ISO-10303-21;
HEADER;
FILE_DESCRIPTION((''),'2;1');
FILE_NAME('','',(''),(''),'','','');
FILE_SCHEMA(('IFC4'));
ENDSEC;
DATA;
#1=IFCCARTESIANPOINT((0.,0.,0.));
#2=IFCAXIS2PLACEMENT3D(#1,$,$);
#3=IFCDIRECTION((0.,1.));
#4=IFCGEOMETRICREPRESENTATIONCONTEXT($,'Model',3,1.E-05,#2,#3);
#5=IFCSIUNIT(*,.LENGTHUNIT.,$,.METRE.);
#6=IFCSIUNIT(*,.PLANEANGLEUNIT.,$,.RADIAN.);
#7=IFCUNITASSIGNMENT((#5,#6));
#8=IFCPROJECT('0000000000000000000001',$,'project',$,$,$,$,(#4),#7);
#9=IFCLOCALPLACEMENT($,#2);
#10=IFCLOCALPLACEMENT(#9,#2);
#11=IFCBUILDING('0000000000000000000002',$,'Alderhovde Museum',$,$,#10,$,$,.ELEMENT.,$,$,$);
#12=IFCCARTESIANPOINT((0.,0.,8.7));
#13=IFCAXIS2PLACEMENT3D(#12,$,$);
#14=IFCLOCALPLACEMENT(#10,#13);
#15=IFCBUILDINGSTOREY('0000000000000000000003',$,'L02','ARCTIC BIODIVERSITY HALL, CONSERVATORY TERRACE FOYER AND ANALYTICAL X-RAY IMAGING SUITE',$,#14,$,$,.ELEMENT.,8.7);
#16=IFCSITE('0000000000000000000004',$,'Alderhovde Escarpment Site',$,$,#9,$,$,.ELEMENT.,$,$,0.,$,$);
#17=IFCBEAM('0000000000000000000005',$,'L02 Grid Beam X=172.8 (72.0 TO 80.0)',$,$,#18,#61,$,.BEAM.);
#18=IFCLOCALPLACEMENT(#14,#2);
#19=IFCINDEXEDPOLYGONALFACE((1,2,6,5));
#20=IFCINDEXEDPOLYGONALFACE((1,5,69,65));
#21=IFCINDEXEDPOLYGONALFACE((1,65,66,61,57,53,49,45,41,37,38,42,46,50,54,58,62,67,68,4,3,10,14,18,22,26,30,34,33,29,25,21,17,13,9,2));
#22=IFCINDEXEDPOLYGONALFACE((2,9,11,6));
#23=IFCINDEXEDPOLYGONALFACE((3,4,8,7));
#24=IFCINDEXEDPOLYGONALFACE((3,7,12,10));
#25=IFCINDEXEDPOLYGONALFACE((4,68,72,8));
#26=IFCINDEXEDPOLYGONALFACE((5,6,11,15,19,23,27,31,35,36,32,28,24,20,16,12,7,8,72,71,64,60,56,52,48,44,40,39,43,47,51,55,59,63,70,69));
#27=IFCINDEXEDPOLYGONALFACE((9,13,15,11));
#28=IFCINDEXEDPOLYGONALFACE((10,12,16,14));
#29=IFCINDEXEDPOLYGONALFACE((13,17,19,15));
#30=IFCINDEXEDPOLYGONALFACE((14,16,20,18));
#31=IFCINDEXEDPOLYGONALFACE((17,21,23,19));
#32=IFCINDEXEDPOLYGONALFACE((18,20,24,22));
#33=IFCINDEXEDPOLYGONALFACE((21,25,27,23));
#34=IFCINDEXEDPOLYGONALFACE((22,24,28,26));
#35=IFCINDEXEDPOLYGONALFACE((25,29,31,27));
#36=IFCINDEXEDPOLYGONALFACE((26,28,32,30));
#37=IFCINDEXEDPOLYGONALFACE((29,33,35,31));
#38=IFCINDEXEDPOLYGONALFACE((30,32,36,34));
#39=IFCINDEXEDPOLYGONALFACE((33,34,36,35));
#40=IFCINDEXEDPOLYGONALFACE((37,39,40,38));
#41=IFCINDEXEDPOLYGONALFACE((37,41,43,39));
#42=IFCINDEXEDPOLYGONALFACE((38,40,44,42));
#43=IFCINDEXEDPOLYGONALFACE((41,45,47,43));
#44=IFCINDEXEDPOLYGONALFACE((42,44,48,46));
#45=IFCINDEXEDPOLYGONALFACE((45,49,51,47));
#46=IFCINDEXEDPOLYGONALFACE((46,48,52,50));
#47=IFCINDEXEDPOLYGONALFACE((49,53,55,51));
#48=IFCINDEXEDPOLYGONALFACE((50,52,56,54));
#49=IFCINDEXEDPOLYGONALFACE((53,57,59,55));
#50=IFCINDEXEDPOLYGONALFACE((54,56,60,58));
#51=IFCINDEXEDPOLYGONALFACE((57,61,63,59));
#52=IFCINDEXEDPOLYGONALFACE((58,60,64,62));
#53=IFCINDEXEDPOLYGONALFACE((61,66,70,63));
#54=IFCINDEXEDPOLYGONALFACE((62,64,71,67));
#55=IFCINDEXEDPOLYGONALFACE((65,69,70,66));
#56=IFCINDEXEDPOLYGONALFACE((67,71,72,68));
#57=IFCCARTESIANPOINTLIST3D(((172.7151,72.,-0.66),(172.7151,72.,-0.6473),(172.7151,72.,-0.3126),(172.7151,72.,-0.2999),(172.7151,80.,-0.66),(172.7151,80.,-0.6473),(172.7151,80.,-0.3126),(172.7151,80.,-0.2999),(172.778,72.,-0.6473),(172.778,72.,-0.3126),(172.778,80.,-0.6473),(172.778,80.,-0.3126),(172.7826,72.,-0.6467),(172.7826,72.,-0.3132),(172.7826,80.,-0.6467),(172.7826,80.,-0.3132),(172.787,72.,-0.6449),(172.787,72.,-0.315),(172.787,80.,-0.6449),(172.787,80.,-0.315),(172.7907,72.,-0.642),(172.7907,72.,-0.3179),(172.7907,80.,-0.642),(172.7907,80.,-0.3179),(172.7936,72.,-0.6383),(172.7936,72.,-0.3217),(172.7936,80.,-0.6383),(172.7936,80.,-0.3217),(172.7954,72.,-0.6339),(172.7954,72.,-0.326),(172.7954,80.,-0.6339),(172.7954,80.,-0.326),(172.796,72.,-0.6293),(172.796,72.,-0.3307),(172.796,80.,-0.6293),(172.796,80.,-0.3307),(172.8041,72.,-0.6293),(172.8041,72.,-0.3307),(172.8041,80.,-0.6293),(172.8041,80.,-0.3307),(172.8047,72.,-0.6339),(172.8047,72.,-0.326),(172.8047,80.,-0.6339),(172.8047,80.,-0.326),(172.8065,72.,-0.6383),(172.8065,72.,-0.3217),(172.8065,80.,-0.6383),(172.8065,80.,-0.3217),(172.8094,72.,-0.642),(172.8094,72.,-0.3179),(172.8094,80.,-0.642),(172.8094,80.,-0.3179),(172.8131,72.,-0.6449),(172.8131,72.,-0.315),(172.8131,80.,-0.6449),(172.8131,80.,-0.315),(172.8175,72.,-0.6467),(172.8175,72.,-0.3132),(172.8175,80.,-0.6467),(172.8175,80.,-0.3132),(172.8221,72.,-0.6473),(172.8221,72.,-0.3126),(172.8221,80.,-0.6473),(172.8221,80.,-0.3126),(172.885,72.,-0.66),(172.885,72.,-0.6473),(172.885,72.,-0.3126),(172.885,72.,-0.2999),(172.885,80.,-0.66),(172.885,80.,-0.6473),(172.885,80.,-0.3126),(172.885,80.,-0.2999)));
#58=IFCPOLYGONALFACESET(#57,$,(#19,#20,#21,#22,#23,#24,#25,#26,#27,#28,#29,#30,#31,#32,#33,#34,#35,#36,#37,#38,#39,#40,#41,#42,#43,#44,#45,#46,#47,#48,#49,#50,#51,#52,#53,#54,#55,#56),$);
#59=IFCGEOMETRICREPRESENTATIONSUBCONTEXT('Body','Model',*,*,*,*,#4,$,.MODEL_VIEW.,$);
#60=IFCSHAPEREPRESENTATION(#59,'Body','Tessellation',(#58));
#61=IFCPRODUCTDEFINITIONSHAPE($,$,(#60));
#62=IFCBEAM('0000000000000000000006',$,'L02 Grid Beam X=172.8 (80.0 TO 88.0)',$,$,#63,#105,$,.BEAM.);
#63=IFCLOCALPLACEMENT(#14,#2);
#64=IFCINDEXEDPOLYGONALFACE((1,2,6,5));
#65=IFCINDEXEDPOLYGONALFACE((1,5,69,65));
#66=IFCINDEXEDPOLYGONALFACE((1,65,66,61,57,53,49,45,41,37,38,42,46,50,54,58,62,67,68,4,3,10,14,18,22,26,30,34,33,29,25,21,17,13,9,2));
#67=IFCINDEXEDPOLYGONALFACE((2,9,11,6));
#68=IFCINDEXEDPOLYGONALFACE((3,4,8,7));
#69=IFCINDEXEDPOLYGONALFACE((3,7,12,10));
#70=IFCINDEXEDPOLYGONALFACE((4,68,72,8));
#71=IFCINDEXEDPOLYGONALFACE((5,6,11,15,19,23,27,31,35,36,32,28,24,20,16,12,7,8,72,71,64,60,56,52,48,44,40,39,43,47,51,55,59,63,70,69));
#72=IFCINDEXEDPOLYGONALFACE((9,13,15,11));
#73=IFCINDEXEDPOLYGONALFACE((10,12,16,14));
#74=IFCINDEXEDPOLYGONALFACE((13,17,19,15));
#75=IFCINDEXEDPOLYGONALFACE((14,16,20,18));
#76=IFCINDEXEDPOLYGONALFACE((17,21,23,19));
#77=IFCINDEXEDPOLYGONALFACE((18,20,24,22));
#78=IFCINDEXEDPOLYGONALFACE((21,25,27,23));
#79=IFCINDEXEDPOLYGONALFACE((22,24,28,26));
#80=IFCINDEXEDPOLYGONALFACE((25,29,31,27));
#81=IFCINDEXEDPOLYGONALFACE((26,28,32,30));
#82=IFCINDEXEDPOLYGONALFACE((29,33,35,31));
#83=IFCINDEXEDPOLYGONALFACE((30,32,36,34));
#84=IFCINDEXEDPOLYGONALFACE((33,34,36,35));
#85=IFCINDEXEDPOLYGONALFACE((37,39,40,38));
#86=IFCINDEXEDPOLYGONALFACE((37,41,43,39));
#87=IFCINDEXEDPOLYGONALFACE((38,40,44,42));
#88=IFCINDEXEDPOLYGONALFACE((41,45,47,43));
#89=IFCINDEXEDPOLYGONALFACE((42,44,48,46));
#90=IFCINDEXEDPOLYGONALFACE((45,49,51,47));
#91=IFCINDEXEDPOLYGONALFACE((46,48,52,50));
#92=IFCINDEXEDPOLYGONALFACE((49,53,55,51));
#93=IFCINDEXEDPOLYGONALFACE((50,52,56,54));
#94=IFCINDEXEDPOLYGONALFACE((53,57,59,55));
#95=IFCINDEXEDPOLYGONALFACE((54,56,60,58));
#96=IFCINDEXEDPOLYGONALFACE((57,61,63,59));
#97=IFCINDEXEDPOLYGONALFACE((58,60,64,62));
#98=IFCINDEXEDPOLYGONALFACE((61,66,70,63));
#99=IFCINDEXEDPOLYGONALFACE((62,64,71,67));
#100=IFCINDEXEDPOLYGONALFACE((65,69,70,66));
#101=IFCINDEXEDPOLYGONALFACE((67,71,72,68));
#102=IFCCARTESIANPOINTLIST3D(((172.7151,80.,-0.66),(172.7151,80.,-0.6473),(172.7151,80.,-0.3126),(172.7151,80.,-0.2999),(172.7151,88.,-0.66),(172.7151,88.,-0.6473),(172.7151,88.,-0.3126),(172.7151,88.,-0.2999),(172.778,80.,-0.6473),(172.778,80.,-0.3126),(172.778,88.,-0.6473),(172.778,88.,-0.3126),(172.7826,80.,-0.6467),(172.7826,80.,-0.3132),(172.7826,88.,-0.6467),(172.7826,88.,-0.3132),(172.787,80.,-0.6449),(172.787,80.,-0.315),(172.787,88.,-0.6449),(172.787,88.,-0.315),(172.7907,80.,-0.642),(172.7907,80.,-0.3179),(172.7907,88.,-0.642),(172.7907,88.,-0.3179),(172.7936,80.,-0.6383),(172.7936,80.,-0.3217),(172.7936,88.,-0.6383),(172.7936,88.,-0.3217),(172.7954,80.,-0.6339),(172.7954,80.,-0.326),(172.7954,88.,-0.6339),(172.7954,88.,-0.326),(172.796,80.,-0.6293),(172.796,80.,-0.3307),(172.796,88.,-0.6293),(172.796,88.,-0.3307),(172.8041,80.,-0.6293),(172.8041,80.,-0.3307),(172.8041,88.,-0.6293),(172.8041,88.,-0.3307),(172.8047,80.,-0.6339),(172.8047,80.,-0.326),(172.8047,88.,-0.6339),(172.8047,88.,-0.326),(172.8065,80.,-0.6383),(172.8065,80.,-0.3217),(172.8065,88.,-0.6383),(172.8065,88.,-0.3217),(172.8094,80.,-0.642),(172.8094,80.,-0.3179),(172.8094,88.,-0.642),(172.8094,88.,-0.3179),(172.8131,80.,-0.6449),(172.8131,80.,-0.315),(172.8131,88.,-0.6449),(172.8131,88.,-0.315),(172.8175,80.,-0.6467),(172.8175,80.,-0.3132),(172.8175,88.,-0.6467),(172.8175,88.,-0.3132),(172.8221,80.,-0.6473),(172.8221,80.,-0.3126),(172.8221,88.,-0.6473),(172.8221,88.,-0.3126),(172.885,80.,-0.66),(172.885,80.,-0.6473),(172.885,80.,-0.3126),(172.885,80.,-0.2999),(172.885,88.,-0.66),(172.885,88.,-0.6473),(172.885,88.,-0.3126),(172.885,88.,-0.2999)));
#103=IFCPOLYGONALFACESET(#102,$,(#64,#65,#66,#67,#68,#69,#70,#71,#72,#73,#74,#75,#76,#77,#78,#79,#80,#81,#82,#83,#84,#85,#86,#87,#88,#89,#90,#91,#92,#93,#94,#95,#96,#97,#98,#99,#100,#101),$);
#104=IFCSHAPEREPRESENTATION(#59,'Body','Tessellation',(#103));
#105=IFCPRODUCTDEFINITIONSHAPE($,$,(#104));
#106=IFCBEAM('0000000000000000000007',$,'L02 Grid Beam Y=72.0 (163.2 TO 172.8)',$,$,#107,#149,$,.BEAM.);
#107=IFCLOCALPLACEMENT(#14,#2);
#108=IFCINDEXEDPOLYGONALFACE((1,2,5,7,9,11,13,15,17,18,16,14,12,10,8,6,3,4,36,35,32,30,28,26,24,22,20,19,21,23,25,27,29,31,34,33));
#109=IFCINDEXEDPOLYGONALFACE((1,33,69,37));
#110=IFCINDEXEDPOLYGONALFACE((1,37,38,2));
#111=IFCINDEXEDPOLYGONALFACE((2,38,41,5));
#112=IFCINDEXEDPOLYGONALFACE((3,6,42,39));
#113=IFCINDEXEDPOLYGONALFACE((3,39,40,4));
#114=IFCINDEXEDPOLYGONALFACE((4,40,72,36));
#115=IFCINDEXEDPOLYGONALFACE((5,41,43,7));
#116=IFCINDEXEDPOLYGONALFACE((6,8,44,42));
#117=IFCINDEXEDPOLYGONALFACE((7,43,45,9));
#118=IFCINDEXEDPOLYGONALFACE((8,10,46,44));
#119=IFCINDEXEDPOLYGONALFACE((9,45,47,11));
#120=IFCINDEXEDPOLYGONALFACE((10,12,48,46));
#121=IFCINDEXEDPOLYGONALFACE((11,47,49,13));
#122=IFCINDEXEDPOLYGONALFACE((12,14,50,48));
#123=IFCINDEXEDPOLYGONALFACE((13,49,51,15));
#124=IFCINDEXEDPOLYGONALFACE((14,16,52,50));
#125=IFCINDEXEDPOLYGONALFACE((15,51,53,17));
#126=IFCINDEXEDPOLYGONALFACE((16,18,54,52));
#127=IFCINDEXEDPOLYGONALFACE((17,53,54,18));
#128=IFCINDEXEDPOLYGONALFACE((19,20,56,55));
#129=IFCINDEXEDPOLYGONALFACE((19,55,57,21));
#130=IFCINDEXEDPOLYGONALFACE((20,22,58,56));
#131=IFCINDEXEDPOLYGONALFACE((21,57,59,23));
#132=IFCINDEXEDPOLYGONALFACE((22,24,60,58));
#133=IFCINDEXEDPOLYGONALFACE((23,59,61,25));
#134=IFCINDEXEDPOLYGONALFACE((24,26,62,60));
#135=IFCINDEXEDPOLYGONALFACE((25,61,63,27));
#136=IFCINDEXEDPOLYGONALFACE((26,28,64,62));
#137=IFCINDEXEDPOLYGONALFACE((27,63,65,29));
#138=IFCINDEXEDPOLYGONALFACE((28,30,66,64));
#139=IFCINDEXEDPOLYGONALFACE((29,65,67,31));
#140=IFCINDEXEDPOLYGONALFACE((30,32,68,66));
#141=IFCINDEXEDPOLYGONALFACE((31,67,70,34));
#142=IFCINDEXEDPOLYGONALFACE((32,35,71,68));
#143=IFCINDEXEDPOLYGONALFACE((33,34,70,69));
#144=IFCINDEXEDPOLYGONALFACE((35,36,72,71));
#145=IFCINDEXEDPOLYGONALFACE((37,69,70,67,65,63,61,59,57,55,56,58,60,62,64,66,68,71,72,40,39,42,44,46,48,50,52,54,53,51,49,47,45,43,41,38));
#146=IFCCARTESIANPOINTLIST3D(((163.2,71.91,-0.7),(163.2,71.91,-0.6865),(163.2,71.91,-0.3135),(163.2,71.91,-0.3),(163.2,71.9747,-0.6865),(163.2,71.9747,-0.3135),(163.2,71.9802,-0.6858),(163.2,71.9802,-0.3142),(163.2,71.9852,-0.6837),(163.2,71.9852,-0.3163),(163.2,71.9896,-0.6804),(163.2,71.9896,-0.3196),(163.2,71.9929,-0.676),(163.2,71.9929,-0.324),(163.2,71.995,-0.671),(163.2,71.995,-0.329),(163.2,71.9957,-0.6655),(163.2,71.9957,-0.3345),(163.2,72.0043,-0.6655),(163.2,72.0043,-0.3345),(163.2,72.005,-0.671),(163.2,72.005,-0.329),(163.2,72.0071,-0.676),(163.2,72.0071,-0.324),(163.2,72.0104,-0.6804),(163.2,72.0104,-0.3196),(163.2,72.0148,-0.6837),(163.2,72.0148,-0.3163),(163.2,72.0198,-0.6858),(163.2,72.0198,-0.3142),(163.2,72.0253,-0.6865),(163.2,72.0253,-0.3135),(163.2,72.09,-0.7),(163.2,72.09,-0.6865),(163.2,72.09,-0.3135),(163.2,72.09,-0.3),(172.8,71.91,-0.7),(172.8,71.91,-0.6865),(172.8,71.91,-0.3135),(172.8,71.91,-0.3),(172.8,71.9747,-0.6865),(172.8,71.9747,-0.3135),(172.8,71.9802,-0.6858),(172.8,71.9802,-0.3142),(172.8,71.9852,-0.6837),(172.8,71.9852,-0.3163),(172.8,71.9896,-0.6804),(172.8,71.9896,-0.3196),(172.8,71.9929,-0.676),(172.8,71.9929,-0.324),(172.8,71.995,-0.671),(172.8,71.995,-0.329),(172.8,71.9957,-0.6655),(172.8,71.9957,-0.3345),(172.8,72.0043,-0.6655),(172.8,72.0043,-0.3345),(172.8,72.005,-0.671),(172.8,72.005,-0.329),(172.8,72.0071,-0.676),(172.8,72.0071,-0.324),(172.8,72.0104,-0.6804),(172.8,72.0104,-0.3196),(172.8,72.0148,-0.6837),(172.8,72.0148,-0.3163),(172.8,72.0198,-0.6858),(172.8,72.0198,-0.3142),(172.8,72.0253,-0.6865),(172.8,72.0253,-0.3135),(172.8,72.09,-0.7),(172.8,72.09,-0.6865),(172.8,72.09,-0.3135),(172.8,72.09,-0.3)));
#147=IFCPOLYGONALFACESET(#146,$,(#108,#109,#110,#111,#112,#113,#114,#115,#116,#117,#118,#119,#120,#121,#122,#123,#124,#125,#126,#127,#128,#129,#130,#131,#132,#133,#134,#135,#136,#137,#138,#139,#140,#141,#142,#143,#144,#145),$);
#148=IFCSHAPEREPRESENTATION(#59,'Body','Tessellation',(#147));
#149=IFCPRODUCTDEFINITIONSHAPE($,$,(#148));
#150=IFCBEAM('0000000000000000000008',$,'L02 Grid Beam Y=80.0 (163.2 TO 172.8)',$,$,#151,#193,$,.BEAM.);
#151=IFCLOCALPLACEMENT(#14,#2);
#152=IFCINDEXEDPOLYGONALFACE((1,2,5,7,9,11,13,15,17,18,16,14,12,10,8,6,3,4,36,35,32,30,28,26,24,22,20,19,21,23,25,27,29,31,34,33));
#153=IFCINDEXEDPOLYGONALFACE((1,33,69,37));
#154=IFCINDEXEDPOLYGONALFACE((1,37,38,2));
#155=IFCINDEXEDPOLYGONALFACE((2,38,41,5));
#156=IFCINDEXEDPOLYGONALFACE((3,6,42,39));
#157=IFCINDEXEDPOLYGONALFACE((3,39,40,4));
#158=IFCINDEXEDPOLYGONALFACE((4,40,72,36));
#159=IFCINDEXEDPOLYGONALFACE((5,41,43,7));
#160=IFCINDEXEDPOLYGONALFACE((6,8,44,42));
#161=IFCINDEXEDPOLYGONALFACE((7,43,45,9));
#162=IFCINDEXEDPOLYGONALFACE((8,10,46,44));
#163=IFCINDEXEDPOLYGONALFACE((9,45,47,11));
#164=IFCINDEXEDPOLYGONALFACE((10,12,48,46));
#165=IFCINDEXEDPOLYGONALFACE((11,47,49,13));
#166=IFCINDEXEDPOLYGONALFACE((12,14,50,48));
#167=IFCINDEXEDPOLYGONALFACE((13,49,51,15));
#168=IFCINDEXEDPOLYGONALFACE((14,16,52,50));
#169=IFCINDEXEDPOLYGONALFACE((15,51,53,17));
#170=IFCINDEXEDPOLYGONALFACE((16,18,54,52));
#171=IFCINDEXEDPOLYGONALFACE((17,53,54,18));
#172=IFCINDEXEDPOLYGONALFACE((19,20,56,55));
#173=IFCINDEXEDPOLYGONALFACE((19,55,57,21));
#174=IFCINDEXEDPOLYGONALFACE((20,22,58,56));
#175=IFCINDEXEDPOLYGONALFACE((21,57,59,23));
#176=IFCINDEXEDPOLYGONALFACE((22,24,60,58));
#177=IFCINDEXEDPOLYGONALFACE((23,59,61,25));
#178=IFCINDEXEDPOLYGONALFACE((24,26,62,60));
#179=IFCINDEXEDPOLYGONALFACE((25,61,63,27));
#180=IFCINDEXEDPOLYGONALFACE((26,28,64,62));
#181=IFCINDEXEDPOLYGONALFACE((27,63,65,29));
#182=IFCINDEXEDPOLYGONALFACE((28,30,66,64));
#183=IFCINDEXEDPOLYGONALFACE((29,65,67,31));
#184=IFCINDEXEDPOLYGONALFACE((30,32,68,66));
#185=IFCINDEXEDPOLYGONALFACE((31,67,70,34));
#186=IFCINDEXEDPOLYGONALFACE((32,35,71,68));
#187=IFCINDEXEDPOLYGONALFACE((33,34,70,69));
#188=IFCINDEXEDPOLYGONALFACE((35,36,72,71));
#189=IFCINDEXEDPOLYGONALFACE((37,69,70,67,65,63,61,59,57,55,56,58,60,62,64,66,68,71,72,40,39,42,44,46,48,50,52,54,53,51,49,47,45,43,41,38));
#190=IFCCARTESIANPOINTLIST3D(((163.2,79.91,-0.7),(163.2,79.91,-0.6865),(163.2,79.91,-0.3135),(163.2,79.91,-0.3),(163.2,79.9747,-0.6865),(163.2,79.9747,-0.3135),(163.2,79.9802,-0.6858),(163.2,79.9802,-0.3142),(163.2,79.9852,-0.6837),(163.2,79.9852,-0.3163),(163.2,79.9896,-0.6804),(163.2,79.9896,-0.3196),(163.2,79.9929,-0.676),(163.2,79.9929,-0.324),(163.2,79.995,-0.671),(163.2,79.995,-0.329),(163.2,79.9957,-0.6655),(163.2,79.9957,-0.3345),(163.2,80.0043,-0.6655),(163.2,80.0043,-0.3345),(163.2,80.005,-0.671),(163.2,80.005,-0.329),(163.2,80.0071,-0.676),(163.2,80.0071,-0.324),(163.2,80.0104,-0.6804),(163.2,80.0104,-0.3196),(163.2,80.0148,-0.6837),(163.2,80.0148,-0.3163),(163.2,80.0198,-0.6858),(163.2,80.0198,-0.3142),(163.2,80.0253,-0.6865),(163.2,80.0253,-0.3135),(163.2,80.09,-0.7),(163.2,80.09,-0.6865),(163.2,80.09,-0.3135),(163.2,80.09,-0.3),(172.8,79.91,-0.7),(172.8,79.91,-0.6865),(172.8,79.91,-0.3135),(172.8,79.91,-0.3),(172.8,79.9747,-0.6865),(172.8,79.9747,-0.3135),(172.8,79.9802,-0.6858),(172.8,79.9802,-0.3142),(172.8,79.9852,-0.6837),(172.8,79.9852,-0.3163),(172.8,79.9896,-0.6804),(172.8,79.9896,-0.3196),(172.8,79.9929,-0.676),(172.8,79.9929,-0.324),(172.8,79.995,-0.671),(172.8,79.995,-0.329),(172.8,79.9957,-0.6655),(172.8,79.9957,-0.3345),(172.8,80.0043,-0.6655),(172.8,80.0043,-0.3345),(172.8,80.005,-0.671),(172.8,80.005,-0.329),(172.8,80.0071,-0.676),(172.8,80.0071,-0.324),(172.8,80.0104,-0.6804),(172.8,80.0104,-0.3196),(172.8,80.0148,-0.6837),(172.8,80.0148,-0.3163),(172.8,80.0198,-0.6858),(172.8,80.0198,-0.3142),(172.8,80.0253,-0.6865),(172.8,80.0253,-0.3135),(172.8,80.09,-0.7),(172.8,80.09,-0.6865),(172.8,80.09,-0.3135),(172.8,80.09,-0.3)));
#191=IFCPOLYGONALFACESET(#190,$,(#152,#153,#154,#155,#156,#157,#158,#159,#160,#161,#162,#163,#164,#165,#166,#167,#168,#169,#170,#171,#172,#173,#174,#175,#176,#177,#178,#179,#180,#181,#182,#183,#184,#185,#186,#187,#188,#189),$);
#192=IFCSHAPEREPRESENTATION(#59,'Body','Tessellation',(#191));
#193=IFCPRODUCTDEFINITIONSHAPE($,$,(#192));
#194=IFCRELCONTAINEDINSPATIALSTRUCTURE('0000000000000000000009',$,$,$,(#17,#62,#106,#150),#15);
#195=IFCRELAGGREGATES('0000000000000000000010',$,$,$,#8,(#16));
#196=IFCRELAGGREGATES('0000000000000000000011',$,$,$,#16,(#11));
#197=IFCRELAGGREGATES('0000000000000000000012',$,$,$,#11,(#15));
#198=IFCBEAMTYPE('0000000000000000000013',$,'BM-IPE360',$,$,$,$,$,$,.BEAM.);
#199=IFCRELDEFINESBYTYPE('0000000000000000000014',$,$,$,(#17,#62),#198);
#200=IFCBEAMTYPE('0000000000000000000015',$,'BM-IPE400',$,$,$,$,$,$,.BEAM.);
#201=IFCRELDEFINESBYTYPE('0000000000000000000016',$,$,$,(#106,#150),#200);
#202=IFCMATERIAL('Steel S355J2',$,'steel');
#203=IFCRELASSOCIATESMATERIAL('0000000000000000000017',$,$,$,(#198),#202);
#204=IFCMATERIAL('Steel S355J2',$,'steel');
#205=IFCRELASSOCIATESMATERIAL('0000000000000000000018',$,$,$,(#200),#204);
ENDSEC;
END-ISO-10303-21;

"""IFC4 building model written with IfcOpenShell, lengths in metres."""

from ifc_helpers import new_model, si_unit, direction, frame, origin, origin_2d, place, context, subcontext, project, spatial, i_section, extrude, material, material_profile, profile_set, type_object, element, save


model = new_model("IFC4")

# Units and contexts
model_context = context("Model", 3, precision=1e-05, world=origin(), true_north=direction((0.0, 1.0)))
body_context = subcontext(model_context, "Body", "Model", "MODEL_VIEW")
ifc_project = project(units=[si_unit("LENGTHUNIT", "METRE"), si_unit("PLANEANGLEUNIT", "RADIAN")], contexts=[model_context])

# Site, building, storey
site_placement = place(None, origin())
site = spatial("IfcSite", under=ifc_project, at=site_placement, Name="Alderhovde Escarpment Site", CompositionType="ELEMENT", RefElevation=0.0)
building_placement = place(site_placement, origin())
building = spatial("IfcBuilding", under=site, at=building_placement, Name="Alderhovde Museum", CompositionType="ELEMENT")
storey_placement = place(building_placement, frame((0.0, 0.0, 8.7)))
storey = spatial("IfcBuildingStorey", under=building, at=storey_placement, Name="L02", Description="ARCTIC BIODIVERSITY HALL, CONSERVATORY TERRACE FOYER AND ANALYTICAL X-RAY IMAGING SUITE", CompositionType="ELEMENT", Elevation=8.7)

# Beams
ifc_material_1 = material(Name="Steel S355J2", Category="steel")
ifc_material_profile_1 = material_profile(ifc_material_1, i_section(OverallWidth=0.1699, OverallDepth=0.3601, WebThickness=0.0081, FlangeThickness=0.0127, FilletRadius=0.0181, at=origin_2d()), Name="IPE 360")
ifc_profile_set_1 = profile_set([ifc_material_profile_1], Name="Steel S355J2")
beam_type_1 = type_object("IfcBeamType", Name="BM-IPE360", PredefinedType="BEAM", material=ifc_profile_set_1)
for number, where, z_axis, x_axis, name in (
    (1, (172.8, 72.0, -0.48), (0.0, 1.0, 0.0), (-1.0, 0.0, 0.0), "L02 Grid Beam X=172.8 (72.0 TO 80.0)"),
    (2, (172.8, 80.0, -0.48), (0.0, 1.0, 0.0), (-1.0, 0.0, 0.0), "L02 Grid Beam X=172.8 (80.0 TO 88.0)"),
):
    element("IfcBeam", number, at=place(storey_placement, frame(where, z_axis=z_axis, x_axis=x_axis)), inside=storey, type_object=beam_type_1, Name=name, PredefinedType="BEAM", context=body_context, shape_type="SweptSolid", body=[
        extrude(i_section(OverallWidth=0.1699, OverallDepth=0.3601, WebThickness=0.0081, FlangeThickness=0.0127, FilletRadius=0.0181, at=origin_2d()), origin(), (0.0, 0.0, 1.0), 8.0),
    ])
ifc_material_2 = material(Name="Steel S355J2", Category="steel")
ifc_material_profile_2 = material_profile(ifc_material_2, i_section(OverallWidth=0.1799, OverallDepth=0.3999, WebThickness=0.0085, FlangeThickness=0.0134, FilletRadius=0.021, at=origin_2d()), Name="IPE 400")
ifc_profile_set_2 = profile_set([ifc_material_profile_2], Name="Steel S355J2")
beam_type_2 = type_object("IfcBeamType", Name="BM-IPE400", PredefinedType="BEAM", material=ifc_profile_set_2)
for number, where, z_axis, x_axis, name in (
    (3, (163.2, 72.0, -0.5), (1.0, 0.0, 0.0), (0.0, 1.0, 0.0), "L02 Grid Beam Y=72.0 (163.2 TO 172.8)"),
    (4, (163.2, 80.0, -0.5), (1.0, 0.0, 0.0), (0.0, 1.0, 0.0), "L02 Grid Beam Y=80.0 (163.2 TO 172.8)"),
):
    element("IfcBeam", number, at=place(storey_placement, frame(where, z_axis=z_axis, x_axis=x_axis)), inside=storey, type_object=beam_type_2, Name=name, PredefinedType="BEAM", context=body_context, shape_type="SweptSolid", body=[
        extrude(i_section(OverallWidth=0.1799, OverallDepth=0.3999, WebThickness=0.0085, FlangeThickness=0.0134, FilletRadius=0.021, at=origin_2d()), origin(), (0.0, 0.0, 1.0), 9.6001),
    ])

save(model, "model.ifc")
